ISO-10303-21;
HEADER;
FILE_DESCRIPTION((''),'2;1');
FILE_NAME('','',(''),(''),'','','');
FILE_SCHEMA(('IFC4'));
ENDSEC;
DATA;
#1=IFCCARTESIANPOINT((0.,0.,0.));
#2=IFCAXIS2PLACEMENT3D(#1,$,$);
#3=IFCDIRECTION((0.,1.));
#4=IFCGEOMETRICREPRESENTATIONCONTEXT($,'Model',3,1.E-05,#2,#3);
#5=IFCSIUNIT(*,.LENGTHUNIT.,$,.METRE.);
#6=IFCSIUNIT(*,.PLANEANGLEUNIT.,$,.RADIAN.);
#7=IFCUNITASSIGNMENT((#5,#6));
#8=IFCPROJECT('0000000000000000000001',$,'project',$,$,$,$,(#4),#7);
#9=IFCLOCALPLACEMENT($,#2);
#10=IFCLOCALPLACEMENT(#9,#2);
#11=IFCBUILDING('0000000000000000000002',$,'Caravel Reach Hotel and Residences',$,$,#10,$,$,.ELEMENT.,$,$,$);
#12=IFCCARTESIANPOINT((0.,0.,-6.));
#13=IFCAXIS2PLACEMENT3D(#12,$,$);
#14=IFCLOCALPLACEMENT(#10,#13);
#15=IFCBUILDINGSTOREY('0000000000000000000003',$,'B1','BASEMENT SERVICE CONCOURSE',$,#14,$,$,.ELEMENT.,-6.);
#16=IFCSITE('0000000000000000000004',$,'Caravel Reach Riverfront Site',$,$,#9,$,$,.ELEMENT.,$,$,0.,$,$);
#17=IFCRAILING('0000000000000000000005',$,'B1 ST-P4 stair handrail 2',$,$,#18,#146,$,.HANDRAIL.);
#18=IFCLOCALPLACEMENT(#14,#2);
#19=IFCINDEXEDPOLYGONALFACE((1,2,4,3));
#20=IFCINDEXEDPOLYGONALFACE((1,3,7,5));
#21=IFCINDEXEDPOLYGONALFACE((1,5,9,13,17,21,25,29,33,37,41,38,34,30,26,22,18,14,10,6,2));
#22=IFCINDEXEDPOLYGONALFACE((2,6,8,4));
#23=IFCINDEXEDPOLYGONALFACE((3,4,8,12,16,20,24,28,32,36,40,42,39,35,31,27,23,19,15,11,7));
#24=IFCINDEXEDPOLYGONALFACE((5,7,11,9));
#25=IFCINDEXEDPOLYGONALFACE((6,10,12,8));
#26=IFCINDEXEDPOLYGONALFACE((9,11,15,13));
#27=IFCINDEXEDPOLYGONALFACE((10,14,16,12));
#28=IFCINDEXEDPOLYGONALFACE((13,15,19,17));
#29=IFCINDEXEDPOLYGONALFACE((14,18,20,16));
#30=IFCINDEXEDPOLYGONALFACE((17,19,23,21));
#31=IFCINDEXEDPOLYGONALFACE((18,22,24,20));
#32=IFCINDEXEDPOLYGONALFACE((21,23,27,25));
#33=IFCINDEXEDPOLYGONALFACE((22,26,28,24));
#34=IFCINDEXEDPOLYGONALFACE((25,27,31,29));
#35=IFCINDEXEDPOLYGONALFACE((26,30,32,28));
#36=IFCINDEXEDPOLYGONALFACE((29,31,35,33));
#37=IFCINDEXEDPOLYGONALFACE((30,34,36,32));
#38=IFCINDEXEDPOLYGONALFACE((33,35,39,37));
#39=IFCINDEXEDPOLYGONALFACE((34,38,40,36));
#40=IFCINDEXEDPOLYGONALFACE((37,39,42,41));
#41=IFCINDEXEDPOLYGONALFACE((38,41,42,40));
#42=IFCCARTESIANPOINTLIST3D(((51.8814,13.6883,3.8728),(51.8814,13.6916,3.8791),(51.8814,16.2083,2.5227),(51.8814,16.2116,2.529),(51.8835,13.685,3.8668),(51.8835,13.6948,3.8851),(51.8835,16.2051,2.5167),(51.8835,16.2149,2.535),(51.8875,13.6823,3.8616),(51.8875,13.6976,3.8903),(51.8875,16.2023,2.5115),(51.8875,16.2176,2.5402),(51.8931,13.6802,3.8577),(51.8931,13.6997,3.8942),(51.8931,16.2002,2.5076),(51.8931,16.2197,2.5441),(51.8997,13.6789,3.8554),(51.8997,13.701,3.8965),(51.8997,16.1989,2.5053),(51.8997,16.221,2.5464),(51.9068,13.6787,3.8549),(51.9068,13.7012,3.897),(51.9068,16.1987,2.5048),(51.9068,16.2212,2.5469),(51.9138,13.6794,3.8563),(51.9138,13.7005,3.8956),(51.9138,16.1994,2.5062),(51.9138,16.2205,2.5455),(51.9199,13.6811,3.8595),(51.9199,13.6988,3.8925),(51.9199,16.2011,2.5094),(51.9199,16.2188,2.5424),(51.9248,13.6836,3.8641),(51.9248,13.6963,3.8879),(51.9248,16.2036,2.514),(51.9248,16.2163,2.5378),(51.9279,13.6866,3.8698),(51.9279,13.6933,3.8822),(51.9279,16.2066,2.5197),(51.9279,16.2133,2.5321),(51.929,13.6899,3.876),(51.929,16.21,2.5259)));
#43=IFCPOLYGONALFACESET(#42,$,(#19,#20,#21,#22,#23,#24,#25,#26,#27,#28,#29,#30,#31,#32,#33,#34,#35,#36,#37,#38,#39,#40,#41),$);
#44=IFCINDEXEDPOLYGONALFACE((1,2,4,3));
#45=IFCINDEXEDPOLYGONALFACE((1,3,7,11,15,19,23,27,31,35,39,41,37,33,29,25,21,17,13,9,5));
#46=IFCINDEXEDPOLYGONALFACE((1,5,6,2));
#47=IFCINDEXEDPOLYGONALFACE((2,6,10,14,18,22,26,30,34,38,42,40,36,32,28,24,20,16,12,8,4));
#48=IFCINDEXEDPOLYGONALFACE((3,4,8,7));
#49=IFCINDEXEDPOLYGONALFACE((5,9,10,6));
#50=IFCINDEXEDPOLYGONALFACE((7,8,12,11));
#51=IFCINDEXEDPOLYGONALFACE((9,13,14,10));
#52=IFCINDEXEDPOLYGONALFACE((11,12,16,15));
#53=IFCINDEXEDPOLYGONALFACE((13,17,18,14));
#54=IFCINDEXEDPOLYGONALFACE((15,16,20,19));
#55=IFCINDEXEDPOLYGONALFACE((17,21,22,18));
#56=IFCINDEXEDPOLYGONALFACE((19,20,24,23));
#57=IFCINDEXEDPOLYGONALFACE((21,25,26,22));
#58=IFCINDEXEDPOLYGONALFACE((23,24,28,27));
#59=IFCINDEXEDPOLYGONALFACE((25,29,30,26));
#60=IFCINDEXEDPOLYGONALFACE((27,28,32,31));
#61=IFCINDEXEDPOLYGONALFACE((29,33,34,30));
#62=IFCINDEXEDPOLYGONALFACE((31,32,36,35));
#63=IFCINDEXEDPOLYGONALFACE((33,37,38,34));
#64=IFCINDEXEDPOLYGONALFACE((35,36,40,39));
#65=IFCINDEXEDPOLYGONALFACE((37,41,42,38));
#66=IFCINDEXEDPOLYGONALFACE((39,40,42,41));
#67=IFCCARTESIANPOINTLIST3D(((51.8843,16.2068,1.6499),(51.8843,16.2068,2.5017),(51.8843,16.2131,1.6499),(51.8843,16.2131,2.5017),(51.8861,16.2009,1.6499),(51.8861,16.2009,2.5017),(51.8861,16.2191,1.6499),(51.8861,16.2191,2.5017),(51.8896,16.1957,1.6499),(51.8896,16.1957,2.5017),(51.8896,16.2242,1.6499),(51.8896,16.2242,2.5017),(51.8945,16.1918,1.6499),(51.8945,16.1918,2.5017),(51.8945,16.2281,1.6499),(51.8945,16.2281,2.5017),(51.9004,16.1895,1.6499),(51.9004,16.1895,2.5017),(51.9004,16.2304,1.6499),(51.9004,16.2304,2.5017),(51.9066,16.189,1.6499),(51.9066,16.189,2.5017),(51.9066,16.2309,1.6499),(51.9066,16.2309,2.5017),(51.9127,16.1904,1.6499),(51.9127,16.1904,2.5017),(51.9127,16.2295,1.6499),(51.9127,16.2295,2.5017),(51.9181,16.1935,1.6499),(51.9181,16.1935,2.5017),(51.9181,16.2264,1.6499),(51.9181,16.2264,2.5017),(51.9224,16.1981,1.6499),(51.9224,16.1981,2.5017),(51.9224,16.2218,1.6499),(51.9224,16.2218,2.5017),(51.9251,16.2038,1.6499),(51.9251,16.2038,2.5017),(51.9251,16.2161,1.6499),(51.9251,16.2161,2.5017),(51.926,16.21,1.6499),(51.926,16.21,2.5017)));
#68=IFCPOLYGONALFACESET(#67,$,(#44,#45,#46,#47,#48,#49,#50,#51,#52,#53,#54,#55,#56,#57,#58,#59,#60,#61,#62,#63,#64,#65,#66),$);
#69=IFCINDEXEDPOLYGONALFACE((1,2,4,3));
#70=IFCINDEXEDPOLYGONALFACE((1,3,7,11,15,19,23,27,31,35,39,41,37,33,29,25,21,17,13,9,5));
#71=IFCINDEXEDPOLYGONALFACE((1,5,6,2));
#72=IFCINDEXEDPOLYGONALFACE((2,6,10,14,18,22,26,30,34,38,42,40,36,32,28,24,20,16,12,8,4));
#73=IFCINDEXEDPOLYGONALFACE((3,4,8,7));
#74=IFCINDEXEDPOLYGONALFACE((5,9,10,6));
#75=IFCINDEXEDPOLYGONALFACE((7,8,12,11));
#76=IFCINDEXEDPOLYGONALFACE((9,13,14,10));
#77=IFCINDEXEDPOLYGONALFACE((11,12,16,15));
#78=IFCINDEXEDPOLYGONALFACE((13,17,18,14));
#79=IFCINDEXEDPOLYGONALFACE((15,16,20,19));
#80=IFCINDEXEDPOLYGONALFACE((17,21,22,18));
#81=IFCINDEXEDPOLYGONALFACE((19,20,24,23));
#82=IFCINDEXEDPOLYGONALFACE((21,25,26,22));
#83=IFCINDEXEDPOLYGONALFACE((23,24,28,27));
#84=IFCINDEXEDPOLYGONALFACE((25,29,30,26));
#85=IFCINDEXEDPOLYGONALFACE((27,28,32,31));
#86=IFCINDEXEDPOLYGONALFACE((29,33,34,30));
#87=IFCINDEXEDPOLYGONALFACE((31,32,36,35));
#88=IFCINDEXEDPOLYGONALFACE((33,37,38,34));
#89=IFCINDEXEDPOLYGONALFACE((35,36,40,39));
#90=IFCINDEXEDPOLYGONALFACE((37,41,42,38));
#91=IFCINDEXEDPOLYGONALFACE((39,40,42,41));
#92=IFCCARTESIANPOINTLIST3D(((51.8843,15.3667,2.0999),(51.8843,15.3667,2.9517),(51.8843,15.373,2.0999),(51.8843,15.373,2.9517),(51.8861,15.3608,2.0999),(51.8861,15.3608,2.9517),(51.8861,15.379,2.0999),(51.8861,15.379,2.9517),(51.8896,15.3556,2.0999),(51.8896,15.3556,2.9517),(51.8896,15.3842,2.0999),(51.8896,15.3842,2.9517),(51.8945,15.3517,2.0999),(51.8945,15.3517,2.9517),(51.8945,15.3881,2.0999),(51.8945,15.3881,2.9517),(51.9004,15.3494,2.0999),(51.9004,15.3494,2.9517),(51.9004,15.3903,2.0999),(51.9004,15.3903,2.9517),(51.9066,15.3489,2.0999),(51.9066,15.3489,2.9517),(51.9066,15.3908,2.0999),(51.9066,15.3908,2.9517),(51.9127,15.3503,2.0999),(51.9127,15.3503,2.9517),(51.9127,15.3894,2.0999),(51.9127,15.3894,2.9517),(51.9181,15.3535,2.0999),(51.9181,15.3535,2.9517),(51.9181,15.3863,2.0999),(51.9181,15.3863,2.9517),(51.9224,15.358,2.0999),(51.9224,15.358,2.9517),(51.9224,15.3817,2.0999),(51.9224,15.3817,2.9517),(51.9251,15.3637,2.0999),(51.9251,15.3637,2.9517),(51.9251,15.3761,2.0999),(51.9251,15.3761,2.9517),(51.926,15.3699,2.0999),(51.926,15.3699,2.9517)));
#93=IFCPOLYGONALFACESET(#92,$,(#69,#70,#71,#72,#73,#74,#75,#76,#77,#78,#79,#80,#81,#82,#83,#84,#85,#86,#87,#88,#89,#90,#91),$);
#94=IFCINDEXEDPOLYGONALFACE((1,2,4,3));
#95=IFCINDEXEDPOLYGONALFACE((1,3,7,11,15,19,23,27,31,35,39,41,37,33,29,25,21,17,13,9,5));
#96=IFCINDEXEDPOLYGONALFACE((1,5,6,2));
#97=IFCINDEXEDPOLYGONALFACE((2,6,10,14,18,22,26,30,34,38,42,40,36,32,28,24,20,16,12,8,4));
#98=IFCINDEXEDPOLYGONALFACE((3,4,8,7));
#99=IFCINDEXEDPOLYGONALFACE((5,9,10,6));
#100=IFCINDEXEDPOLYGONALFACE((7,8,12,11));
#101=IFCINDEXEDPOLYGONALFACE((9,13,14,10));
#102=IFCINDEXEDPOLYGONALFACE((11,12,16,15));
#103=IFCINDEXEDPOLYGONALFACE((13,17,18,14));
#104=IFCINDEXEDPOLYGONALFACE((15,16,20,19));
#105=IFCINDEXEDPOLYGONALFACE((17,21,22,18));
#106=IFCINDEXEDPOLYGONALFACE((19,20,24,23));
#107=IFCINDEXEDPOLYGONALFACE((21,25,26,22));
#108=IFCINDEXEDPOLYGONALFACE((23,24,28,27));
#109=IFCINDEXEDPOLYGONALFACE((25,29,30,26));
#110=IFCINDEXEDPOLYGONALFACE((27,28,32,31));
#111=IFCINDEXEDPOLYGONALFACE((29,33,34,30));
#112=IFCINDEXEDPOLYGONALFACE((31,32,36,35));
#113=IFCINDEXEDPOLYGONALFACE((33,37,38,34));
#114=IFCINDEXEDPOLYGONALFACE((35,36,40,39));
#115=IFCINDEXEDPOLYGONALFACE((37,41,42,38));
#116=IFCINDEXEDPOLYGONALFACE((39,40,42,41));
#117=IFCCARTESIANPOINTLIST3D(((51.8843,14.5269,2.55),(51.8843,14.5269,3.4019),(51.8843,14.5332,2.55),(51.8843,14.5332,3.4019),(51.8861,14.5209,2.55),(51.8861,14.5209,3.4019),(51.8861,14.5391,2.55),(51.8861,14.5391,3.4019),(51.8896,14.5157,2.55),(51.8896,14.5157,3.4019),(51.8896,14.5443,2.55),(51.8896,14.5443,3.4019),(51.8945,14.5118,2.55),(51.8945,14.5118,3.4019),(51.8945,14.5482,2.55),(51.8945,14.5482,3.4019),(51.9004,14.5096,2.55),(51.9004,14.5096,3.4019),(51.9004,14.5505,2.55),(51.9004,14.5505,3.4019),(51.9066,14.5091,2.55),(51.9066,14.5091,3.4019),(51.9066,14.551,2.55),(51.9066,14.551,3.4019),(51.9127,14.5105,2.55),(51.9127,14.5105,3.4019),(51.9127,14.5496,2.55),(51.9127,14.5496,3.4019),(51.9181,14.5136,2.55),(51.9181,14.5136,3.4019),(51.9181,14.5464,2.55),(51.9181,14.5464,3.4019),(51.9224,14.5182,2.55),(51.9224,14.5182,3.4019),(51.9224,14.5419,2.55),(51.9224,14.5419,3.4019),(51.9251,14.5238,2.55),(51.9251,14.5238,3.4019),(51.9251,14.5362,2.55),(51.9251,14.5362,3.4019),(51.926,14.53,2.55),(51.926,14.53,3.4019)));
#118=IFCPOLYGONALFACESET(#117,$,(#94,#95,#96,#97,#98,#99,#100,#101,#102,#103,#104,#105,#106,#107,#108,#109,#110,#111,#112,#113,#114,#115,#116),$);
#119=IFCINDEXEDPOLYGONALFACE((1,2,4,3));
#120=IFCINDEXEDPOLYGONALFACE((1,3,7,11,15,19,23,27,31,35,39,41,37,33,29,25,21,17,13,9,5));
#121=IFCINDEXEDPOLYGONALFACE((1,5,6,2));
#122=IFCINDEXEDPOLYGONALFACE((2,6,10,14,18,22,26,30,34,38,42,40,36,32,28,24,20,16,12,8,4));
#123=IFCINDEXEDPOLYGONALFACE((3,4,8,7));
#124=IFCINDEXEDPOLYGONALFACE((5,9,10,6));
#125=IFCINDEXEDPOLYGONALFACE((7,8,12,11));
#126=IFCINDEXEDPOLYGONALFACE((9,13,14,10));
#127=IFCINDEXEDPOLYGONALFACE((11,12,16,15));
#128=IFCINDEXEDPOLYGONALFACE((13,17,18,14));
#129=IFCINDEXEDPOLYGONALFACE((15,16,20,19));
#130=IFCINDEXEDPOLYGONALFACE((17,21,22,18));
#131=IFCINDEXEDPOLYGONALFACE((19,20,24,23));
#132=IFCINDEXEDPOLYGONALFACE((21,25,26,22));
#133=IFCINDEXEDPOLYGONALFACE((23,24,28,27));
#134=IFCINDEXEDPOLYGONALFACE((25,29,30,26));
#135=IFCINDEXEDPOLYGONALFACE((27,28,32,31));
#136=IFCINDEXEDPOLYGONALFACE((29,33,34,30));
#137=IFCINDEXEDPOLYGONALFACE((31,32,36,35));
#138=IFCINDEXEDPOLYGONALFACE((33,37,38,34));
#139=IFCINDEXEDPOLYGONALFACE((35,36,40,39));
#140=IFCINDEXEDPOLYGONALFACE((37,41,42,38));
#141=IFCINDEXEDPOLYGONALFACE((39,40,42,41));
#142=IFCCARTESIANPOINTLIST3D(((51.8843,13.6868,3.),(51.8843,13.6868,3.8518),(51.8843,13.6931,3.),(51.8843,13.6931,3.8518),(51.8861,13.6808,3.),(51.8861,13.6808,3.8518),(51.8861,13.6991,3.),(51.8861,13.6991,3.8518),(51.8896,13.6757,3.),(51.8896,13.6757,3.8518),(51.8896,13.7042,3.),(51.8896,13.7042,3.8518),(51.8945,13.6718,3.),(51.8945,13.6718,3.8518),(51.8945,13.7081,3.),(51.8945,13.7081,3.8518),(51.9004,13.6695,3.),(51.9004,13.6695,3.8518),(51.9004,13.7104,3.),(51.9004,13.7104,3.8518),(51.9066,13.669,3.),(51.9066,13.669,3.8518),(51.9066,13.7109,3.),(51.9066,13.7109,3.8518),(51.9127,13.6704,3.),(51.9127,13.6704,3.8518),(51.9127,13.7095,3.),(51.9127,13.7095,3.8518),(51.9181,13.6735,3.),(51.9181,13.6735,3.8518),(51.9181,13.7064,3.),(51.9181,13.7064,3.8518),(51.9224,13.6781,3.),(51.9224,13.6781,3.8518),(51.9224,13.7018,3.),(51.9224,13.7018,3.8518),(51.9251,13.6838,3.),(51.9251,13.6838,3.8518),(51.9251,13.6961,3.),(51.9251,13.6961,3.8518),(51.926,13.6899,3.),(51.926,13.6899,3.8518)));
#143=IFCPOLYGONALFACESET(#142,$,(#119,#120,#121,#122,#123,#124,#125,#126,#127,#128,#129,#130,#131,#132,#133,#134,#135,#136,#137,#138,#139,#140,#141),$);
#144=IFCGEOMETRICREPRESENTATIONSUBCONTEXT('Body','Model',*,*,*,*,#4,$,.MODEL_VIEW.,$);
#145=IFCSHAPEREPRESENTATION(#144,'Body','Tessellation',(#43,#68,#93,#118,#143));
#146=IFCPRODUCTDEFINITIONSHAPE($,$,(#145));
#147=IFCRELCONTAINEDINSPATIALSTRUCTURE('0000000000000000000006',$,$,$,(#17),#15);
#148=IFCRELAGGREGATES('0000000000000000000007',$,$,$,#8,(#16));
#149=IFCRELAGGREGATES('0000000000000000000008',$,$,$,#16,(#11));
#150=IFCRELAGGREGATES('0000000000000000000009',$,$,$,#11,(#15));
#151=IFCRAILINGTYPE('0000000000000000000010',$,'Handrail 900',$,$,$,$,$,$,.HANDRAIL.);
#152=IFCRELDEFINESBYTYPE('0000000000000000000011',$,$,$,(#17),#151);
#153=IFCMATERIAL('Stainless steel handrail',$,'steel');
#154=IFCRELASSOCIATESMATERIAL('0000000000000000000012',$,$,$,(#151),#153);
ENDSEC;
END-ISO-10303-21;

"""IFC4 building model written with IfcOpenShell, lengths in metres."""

from ifc_helpers import new_model, si_unit, direction, frame, origin, origin_2d, place, context, subcontext, project, spatial, circle, extrude, material, type_object, element, save


model = new_model("IFC4")

# Units and contexts
model_context = context("Model", 3, precision=1e-05, world=origin(), true_north=direction((0.0, 1.0)))
body_context = subcontext(model_context, "Body", "Model", "MODEL_VIEW")
ifc_project = project(units=[si_unit("LENGTHUNIT", "METRE"), si_unit("PLANEANGLEUNIT", "RADIAN")], contexts=[model_context])

# Site, building, storey
site_placement = place(None, origin())
site = spatial("IfcSite", under=ifc_project, at=site_placement, Name="Caravel Reach Riverfront Site", CompositionType="ELEMENT", RefElevation=0.0)
building_placement = place(site_placement, origin())
building = spatial("IfcBuilding", under=site, at=building_placement, Name="Caravel Reach Hotel and Residences", CompositionType="ELEMENT")
storey_placement = place(building_placement, frame((0.0, 0.0, -6.0)))
storey = spatial("IfcBuildingStorey", under=building, at=storey_placement, Name="B1", Description="BASEMENT SERVICE CONCOURSE", CompositionType="ELEMENT", Elevation=-6.0)

# Railing
ifc_material_1 = material(Name="Stainless steel handrail", Category="steel")
railing_type_1 = type_object("IfcRailingType", Name="Handrail 900", PredefinedType="HANDRAIL", material=ifc_material_1)
railing_1_placement = place(storey_placement, frame((51.905, 16.21, 1.6499)))
element("IfcRailing", 1, at=railing_1_placement, inside=storey, type_object=railing_type_1, Name="B1 ST-P4 stair handrail 2", PredefinedType="HANDRAIL", context=body_context, shape_type="SweptSolid", body=[
    extrude(circle(Radius=0.0239, at=origin_2d()), frame((0.0, 0.0, 0.876), z_axis=(0.0, -0.881467, 0.472245), x_axis=(1.0, 0.0, 0.0)), (0.0, 0.0, 1.0), 2.8589),
    extrude(circle(Radius=0.021, at=origin_2d()), origin(), (0.0, 0.0, 1.0), 0.8518),
    extrude(circle(Radius=0.021, at=origin_2d()), frame((0.0, -0.8401, 0.45)), (0.0, 0.0, 1.0), 0.8518),
    extrude(circle(Radius=0.021, at=origin_2d()), frame((0.0, -1.6799, 0.9001)), (0.0, 0.0, 1.0), 0.8518),
    extrude(circle(Radius=0.021, at=origin_2d()), frame((0.0, -2.52, 1.3501)), (0.0, 0.0, 1.0), 0.8518),
])

save(model, "model.ifc")
